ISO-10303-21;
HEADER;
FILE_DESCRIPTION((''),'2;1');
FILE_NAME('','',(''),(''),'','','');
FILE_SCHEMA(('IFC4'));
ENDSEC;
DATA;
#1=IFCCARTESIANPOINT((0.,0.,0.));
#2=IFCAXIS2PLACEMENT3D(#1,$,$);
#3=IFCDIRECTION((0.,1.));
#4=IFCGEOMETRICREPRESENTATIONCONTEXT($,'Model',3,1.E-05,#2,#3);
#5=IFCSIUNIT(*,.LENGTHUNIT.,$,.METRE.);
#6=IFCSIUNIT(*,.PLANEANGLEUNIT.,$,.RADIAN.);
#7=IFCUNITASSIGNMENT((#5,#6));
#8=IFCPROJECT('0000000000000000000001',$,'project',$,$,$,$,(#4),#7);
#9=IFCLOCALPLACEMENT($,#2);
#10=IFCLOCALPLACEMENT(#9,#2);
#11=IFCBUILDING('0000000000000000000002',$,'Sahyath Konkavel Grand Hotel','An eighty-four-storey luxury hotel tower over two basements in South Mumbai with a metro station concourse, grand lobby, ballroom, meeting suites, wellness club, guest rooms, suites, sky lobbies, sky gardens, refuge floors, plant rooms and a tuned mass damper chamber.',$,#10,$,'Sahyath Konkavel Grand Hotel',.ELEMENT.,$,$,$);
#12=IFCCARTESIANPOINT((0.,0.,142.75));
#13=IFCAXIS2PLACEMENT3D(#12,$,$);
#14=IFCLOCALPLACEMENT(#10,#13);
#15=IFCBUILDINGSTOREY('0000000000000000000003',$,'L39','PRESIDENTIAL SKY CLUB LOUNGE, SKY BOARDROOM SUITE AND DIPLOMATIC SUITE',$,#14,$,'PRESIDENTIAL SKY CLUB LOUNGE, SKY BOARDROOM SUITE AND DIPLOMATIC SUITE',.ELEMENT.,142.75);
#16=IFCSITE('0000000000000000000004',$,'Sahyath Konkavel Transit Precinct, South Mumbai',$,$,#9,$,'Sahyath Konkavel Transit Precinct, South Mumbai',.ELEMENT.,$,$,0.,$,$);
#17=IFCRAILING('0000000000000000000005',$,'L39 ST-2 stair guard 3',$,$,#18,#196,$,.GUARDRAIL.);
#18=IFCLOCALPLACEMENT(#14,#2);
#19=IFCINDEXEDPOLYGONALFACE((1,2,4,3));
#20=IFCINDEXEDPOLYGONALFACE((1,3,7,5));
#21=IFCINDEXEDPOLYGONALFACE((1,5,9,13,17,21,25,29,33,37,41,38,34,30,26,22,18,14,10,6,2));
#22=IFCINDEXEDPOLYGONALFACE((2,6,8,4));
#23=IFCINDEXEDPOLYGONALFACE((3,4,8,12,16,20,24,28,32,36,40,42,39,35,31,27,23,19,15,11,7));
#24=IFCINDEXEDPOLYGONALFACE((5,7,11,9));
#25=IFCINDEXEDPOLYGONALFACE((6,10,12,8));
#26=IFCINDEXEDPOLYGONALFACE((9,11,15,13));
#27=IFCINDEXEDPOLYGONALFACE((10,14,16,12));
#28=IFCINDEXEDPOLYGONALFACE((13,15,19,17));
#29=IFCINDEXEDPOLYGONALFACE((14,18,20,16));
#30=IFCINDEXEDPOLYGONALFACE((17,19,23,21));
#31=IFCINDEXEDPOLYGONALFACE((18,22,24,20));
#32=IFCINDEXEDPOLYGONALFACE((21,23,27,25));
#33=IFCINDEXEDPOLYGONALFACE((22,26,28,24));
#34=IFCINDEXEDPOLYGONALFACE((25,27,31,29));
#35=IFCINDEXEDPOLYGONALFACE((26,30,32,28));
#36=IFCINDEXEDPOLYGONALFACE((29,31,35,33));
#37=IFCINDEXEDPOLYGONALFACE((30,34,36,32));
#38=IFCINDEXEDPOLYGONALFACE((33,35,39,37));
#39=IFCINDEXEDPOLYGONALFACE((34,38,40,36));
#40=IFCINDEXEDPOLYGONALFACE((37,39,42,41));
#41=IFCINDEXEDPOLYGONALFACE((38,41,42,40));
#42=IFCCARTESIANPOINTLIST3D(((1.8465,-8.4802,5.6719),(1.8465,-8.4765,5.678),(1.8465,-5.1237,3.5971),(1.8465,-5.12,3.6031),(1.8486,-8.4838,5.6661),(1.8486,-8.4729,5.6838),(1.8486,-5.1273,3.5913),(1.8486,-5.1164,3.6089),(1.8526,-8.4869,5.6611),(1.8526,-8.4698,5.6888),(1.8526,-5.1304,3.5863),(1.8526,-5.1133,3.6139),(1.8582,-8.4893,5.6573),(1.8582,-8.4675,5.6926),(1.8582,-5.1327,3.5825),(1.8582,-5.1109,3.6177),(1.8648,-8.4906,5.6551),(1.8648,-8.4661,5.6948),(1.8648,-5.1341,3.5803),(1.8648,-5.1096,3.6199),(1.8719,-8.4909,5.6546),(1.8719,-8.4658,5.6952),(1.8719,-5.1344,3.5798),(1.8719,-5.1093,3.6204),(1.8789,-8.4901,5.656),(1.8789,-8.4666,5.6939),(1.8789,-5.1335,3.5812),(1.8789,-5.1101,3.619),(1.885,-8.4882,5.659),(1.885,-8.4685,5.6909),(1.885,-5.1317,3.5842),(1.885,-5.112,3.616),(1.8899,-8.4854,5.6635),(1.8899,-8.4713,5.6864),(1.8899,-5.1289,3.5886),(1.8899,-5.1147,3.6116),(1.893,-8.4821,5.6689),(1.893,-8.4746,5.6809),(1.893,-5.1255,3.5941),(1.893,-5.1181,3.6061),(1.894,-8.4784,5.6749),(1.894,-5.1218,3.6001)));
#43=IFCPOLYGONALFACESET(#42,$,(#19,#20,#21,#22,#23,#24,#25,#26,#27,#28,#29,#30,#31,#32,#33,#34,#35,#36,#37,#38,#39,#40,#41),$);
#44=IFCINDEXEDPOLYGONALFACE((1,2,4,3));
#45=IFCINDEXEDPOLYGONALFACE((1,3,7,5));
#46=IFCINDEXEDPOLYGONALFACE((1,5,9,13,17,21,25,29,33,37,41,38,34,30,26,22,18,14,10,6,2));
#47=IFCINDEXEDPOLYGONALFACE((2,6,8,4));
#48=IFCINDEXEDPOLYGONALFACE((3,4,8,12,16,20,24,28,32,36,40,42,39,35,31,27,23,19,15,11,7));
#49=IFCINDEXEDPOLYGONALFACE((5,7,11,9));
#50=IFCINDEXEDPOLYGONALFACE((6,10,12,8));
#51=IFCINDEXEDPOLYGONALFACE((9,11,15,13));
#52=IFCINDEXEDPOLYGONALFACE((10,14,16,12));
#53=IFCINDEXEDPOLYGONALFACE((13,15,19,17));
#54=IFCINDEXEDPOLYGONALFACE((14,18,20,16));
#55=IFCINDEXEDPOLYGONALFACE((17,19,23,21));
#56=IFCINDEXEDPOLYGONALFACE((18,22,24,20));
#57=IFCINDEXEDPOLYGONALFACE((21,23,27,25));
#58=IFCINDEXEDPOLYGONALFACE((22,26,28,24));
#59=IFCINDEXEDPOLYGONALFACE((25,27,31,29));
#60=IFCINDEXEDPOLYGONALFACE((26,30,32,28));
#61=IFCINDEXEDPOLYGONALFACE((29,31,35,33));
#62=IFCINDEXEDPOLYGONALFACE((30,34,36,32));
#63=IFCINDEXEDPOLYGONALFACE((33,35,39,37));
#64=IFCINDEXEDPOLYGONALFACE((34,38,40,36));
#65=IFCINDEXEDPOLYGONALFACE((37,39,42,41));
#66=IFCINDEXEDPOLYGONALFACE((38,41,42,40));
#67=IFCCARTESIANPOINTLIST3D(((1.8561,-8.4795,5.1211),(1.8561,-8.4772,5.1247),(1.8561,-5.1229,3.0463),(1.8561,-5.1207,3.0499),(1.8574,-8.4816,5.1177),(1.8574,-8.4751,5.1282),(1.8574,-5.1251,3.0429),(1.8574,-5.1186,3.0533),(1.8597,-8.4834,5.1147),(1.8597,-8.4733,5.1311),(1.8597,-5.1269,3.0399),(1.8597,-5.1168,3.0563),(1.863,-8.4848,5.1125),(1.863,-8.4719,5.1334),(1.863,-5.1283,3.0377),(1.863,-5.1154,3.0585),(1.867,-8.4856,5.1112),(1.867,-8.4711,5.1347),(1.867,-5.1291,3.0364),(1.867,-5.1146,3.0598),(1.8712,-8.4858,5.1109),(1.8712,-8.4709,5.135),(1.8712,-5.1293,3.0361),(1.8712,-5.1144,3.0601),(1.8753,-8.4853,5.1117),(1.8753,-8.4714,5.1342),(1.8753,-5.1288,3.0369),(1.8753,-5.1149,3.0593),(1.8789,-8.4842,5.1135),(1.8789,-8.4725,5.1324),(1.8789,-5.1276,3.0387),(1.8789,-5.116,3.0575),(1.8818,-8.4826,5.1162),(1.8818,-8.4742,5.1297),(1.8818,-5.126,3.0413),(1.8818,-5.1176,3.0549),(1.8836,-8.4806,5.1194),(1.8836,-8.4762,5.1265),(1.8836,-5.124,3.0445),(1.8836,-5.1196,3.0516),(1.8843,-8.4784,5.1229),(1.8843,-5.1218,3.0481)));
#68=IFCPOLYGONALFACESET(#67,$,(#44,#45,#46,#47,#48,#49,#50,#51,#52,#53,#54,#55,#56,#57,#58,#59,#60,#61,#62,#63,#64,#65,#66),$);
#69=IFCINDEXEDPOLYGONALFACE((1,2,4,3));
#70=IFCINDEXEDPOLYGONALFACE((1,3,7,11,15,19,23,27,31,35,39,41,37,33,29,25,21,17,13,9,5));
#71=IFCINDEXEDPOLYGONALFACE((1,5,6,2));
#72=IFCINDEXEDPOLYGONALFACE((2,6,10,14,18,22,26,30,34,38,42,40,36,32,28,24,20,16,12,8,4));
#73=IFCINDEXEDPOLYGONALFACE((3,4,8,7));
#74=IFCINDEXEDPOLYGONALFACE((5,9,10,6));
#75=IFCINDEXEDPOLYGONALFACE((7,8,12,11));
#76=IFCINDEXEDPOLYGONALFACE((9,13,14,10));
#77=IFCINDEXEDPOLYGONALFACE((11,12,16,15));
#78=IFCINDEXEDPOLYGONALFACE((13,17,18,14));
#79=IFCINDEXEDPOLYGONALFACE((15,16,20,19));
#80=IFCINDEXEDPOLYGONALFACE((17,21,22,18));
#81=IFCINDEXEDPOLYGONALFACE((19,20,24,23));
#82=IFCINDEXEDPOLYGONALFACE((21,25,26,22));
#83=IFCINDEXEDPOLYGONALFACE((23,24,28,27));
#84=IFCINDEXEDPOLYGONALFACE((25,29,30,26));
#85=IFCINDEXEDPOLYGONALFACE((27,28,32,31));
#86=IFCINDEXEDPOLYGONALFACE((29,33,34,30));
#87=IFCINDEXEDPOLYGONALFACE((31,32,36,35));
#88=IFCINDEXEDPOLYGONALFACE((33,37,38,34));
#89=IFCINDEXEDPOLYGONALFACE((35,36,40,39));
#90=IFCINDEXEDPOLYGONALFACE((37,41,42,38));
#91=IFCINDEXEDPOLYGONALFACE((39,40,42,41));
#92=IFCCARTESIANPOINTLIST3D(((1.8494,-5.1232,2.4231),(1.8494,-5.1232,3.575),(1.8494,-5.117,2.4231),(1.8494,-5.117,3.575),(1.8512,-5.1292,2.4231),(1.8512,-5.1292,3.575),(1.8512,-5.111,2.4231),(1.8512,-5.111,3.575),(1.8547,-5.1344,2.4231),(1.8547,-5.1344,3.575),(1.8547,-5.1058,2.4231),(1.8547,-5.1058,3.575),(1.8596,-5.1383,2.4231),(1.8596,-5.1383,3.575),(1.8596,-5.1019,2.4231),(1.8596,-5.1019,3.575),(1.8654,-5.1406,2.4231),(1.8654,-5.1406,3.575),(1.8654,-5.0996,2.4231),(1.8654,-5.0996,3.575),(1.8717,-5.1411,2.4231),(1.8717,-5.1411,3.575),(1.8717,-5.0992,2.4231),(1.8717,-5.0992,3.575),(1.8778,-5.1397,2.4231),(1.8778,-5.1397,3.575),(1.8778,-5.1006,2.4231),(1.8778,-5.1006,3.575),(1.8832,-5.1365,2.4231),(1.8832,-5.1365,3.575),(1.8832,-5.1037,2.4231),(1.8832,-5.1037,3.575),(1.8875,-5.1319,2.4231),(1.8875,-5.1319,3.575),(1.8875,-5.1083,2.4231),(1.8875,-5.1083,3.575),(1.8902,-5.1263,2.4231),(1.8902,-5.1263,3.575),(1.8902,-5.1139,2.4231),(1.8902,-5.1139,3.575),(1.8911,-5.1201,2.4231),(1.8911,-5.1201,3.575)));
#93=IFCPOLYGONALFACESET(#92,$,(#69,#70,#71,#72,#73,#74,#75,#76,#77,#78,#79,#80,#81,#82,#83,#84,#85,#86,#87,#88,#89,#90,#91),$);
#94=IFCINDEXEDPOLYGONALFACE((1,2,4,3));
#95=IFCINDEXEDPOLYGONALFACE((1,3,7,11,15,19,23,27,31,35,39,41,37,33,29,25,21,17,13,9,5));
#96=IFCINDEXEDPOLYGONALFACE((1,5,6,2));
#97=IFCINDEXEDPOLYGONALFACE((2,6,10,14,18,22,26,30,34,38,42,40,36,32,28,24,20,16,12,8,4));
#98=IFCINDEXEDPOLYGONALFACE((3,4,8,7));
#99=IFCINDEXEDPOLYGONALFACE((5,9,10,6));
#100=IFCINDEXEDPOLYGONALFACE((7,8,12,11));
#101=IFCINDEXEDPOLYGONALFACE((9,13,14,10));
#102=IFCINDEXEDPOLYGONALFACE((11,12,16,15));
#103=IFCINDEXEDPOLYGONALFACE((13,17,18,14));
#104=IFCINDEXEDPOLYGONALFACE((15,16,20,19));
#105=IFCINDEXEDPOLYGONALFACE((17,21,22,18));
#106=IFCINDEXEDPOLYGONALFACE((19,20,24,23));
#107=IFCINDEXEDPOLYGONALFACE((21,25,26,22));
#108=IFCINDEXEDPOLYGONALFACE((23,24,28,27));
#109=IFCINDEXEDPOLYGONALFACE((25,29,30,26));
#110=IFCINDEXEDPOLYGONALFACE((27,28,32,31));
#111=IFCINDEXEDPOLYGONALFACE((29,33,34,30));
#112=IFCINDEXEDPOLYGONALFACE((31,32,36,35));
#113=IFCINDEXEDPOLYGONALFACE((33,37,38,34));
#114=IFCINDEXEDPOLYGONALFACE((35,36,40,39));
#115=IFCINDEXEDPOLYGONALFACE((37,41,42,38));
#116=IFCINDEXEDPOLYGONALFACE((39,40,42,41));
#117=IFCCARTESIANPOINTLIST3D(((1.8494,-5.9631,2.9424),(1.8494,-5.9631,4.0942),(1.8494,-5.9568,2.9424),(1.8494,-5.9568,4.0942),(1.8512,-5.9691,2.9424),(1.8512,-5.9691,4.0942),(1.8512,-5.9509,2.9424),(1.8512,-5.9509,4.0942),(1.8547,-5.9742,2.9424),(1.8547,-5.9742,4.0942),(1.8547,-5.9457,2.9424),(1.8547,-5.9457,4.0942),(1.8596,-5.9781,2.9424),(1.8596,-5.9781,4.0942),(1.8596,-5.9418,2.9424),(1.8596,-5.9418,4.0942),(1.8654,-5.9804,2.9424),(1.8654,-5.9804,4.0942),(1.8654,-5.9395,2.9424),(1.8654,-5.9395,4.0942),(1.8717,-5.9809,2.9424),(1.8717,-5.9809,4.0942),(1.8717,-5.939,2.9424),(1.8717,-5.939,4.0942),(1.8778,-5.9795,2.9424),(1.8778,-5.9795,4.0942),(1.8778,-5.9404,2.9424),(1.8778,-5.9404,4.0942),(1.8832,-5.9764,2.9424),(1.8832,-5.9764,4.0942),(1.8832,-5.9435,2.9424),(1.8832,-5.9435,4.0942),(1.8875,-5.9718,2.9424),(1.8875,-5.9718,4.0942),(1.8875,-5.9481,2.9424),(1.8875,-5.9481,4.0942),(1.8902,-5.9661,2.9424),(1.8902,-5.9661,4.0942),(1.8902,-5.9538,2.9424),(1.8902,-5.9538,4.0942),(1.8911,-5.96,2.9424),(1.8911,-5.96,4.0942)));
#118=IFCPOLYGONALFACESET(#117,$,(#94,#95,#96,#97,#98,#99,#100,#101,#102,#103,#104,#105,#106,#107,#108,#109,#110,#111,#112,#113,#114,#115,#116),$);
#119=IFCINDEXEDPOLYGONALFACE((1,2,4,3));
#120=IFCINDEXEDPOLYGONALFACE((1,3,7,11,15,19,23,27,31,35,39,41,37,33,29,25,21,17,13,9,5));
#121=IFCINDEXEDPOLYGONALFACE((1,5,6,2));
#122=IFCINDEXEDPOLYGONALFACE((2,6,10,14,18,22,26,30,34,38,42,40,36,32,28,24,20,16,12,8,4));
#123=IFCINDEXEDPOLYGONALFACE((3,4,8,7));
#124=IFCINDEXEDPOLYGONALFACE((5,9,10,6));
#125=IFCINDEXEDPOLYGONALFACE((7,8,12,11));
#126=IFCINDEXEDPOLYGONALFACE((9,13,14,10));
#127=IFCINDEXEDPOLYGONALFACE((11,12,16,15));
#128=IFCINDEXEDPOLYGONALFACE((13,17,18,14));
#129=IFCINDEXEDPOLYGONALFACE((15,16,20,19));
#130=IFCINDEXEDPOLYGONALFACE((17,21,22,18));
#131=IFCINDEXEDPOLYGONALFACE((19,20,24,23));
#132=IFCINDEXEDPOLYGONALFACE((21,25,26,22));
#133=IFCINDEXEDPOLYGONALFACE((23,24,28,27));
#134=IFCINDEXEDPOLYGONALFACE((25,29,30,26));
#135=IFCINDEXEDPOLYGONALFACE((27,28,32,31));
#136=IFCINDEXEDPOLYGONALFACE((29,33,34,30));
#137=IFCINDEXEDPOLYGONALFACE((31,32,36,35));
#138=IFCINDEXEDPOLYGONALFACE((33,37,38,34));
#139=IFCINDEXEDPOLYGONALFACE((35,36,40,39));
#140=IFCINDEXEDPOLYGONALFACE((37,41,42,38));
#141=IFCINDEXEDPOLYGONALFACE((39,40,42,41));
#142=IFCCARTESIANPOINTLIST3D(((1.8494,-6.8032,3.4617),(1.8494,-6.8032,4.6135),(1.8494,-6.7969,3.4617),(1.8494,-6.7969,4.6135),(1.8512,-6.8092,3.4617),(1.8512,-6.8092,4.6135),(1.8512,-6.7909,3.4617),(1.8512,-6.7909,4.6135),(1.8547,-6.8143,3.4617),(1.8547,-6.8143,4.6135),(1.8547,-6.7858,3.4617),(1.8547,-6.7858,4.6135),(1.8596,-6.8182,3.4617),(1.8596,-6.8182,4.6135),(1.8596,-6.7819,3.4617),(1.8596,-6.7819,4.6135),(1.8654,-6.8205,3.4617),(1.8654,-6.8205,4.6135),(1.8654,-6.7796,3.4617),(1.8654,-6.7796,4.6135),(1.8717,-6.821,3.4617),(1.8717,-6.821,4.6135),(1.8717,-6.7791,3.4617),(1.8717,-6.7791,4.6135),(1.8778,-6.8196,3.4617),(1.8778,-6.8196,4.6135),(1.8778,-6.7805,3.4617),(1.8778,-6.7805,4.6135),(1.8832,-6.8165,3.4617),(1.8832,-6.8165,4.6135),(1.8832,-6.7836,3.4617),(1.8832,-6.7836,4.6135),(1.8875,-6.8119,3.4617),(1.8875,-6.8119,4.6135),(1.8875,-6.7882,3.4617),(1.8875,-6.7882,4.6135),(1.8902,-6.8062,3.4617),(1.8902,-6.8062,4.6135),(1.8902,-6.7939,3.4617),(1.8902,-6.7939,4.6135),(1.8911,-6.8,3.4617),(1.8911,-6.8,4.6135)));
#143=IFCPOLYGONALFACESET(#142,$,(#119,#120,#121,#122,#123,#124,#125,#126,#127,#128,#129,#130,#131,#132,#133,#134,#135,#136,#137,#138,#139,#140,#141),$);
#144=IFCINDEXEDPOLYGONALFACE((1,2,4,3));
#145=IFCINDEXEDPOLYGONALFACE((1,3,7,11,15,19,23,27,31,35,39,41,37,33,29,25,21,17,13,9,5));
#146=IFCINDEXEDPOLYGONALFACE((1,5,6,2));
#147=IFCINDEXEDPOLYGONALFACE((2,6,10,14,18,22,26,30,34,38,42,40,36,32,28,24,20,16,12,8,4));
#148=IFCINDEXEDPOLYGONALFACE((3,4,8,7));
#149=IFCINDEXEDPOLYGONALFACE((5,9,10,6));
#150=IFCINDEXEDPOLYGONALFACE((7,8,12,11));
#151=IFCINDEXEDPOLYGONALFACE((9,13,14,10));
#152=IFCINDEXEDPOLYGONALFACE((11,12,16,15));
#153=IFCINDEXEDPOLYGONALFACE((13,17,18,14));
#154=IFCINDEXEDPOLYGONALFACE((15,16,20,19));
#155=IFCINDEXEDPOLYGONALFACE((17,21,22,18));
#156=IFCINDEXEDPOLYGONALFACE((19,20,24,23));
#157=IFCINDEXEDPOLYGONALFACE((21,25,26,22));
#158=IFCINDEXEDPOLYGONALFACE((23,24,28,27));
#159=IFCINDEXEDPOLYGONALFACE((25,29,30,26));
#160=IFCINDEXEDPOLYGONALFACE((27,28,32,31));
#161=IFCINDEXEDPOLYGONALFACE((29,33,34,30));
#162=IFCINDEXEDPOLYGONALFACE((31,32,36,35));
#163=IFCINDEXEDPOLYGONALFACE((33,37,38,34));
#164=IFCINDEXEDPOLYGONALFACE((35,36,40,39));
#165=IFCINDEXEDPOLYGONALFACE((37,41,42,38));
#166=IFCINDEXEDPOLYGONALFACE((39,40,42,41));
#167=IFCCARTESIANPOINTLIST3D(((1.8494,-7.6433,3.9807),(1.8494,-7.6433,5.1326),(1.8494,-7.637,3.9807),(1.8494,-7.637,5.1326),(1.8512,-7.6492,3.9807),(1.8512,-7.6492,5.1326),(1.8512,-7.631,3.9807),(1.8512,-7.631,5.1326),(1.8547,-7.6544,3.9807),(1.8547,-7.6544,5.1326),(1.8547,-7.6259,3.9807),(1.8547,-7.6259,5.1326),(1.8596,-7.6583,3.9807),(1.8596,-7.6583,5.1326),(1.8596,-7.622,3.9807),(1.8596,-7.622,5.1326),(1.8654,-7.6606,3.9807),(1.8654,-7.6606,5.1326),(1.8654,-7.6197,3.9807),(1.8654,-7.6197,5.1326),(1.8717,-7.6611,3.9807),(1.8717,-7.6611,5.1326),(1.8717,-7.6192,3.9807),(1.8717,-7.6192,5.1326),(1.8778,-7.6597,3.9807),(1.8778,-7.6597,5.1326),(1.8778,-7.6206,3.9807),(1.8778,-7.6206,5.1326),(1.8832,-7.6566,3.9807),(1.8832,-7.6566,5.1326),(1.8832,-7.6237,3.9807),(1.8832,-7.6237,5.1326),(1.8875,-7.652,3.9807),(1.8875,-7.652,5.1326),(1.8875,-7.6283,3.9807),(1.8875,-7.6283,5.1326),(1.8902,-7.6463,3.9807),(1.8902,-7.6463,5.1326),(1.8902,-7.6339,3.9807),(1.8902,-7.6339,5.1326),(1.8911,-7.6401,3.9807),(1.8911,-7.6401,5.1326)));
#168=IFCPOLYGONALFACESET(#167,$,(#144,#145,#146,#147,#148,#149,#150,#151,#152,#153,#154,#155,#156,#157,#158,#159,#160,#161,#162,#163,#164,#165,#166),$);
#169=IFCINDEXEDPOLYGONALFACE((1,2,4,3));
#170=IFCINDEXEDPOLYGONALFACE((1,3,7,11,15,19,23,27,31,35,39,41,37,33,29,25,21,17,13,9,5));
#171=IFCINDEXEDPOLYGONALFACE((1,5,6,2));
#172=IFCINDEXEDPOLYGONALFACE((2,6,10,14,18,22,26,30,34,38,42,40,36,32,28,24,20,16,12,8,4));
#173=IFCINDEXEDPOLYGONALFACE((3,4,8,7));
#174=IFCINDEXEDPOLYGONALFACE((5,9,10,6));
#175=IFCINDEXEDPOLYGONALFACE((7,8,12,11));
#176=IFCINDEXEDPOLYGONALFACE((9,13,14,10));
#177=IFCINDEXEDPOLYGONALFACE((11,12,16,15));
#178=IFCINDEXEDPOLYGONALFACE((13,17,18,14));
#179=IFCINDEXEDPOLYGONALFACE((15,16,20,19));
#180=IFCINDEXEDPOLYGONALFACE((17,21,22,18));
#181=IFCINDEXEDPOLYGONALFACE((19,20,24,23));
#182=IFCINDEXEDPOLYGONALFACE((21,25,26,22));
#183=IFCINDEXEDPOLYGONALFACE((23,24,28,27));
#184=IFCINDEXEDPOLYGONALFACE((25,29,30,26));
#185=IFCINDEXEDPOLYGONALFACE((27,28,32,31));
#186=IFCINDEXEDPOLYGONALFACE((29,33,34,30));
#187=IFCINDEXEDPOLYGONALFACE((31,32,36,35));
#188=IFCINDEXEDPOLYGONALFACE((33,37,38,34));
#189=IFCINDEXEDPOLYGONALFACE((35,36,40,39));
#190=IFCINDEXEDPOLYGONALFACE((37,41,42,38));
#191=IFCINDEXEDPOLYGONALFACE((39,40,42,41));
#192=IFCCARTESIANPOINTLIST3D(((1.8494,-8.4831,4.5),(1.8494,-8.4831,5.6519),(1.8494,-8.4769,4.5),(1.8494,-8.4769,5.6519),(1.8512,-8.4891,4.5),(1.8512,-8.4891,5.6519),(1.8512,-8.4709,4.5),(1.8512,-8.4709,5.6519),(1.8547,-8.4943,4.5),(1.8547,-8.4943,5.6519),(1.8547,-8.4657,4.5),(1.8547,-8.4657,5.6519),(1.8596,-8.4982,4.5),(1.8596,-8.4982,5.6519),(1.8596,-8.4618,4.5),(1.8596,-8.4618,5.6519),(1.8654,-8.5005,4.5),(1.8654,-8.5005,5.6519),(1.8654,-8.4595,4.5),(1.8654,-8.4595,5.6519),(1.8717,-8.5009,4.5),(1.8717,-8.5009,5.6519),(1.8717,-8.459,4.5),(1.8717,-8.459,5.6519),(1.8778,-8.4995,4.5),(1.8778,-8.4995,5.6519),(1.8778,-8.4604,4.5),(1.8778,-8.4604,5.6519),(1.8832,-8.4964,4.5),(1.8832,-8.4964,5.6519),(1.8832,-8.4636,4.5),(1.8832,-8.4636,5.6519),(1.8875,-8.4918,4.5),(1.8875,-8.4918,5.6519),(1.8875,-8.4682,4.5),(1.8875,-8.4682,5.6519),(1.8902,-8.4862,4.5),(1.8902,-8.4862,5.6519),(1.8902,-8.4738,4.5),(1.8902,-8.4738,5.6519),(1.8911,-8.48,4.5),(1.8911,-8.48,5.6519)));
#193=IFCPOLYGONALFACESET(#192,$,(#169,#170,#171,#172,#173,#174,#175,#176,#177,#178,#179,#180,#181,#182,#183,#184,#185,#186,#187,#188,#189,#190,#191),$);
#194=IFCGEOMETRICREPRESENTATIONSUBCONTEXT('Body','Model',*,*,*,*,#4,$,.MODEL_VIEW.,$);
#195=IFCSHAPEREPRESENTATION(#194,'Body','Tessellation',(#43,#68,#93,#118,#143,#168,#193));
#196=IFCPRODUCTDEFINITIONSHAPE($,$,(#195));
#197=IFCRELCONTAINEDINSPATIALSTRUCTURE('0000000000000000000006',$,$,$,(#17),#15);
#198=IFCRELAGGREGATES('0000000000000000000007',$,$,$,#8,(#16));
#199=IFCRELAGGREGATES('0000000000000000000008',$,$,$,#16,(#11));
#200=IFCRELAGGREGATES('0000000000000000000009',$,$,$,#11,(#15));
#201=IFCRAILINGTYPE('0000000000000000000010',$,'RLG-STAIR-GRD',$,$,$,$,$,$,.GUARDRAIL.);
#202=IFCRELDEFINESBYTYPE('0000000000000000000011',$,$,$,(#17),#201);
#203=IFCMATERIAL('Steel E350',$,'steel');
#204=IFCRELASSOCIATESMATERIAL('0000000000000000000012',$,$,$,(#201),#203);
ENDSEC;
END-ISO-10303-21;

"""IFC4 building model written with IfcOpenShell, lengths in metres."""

from ifc_helpers import new_model, si_unit, direction, frame, origin, origin_2d, place, context, subcontext, project, spatial, circle, extrude, material, type_object, element, save


model = new_model("IFC4")

# Units and contexts
model_context = context("Model", 3, precision=1e-05, world=origin(), true_north=direction((0.0, 1.0)))
body_context = subcontext(model_context, "Body", "Model", "MODEL_VIEW")
ifc_project = project(units=[si_unit("LENGTHUNIT", "METRE"), si_unit("PLANEANGLEUNIT", "RADIAN")], contexts=[model_context])

# Site, building, storey
site_placement = place(None, origin())
site = spatial("IfcSite", under=ifc_project, at=site_placement, Name="Sahyath Konkavel Transit Precinct, South Mumbai", LongName="Sahyath Konkavel Transit Precinct, South Mumbai", CompositionType="ELEMENT", RefElevation=0.0)
building_placement = place(site_placement, origin())
building = spatial("IfcBuilding", under=site, at=building_placement, Name="Sahyath Konkavel Grand Hotel", Description="An eighty-four-storey luxury hotel tower over two basements in South Mumbai with a metro station concourse, grand lobby, ballroom, meeting suites, wellness club, guest rooms, suites, sky lobbies, sky gardens, refuge floors, plant rooms and a tuned mass damper chamber.", LongName="Sahyath Konkavel Grand Hotel", CompositionType="ELEMENT")
storey_placement = place(building_placement, frame((0.0, 0.0, 142.75)))
storey = spatial("IfcBuildingStorey", under=building, at=storey_placement, Name="L39", Description="PRESIDENTIAL SKY CLUB LOUNGE, SKY BOARDROOM SUITE AND DIPLOMATIC SUITE", LongName="PRESIDENTIAL SKY CLUB LOUNGE, SKY BOARDROOM SUITE AND DIPLOMATIC SUITE", CompositionType="ELEMENT", Elevation=142.75)

# Shared definitions
ifc_material_1 = material(Name="Steel E350", Category="steel")

# Railing
railing_type_1 = type_object("IfcRailingType", Name="RLG-STAIR-GRD", PredefinedType="GUARDRAIL", material=ifc_material_1)
railing_1_placement = place(storey_placement, frame((1.8701, -5.1201, 2.4231)))
element("IfcRailing", 1, at=railing_1_placement, inside=storey, type_object=railing_type_1, Name="L39 ST-2 stair guard 3", PredefinedType="GUARDRAIL", context=body_context, shape_type="SweptSolid", body=[
    extrude(circle(Radius=0.0239, at=origin_2d()), frame((0.0, -0.0017, 1.177), z_axis=(0.0, -0.850606, 0.525803), x_axis=(1.0, 0.0, 0.0)), (0.0, 0.0, 1.0), 3.946),
    extrude(circle(Radius=0.0142, at=origin_2d()), frame((0.0, -0.0017, 0.625), z_axis=(0.0, -0.850606, 0.525803), x_axis=(1.0, 0.0, 0.0)), (0.0, 0.0, 1.0), 3.946),
    extrude(circle(Radius=0.021, at=origin_2d()), origin(), (0.0, 0.0, 1.0), 1.1519),
    extrude(circle(Radius=0.021, at=origin_2d()), frame((0.0, -0.8398, 0.5193)), (0.0, 0.0, 1.0), 1.1519),
    extrude(circle(Radius=0.021, at=origin_2d()), frame((0.0, -1.6799, 1.0386)), (0.0, 0.0, 1.0), 1.1519),
    extrude(circle(Radius=0.021, at=origin_2d()), frame((0.0, -2.52, 1.5576)), (0.0, 0.0, 1.0), 1.1519),
    extrude(circle(Radius=0.021, at=origin_2d()), frame((0.0, -3.3599, 2.0769)), (0.0, 0.0, 1.0), 1.1519),
])

save(model, "model.ifc")
